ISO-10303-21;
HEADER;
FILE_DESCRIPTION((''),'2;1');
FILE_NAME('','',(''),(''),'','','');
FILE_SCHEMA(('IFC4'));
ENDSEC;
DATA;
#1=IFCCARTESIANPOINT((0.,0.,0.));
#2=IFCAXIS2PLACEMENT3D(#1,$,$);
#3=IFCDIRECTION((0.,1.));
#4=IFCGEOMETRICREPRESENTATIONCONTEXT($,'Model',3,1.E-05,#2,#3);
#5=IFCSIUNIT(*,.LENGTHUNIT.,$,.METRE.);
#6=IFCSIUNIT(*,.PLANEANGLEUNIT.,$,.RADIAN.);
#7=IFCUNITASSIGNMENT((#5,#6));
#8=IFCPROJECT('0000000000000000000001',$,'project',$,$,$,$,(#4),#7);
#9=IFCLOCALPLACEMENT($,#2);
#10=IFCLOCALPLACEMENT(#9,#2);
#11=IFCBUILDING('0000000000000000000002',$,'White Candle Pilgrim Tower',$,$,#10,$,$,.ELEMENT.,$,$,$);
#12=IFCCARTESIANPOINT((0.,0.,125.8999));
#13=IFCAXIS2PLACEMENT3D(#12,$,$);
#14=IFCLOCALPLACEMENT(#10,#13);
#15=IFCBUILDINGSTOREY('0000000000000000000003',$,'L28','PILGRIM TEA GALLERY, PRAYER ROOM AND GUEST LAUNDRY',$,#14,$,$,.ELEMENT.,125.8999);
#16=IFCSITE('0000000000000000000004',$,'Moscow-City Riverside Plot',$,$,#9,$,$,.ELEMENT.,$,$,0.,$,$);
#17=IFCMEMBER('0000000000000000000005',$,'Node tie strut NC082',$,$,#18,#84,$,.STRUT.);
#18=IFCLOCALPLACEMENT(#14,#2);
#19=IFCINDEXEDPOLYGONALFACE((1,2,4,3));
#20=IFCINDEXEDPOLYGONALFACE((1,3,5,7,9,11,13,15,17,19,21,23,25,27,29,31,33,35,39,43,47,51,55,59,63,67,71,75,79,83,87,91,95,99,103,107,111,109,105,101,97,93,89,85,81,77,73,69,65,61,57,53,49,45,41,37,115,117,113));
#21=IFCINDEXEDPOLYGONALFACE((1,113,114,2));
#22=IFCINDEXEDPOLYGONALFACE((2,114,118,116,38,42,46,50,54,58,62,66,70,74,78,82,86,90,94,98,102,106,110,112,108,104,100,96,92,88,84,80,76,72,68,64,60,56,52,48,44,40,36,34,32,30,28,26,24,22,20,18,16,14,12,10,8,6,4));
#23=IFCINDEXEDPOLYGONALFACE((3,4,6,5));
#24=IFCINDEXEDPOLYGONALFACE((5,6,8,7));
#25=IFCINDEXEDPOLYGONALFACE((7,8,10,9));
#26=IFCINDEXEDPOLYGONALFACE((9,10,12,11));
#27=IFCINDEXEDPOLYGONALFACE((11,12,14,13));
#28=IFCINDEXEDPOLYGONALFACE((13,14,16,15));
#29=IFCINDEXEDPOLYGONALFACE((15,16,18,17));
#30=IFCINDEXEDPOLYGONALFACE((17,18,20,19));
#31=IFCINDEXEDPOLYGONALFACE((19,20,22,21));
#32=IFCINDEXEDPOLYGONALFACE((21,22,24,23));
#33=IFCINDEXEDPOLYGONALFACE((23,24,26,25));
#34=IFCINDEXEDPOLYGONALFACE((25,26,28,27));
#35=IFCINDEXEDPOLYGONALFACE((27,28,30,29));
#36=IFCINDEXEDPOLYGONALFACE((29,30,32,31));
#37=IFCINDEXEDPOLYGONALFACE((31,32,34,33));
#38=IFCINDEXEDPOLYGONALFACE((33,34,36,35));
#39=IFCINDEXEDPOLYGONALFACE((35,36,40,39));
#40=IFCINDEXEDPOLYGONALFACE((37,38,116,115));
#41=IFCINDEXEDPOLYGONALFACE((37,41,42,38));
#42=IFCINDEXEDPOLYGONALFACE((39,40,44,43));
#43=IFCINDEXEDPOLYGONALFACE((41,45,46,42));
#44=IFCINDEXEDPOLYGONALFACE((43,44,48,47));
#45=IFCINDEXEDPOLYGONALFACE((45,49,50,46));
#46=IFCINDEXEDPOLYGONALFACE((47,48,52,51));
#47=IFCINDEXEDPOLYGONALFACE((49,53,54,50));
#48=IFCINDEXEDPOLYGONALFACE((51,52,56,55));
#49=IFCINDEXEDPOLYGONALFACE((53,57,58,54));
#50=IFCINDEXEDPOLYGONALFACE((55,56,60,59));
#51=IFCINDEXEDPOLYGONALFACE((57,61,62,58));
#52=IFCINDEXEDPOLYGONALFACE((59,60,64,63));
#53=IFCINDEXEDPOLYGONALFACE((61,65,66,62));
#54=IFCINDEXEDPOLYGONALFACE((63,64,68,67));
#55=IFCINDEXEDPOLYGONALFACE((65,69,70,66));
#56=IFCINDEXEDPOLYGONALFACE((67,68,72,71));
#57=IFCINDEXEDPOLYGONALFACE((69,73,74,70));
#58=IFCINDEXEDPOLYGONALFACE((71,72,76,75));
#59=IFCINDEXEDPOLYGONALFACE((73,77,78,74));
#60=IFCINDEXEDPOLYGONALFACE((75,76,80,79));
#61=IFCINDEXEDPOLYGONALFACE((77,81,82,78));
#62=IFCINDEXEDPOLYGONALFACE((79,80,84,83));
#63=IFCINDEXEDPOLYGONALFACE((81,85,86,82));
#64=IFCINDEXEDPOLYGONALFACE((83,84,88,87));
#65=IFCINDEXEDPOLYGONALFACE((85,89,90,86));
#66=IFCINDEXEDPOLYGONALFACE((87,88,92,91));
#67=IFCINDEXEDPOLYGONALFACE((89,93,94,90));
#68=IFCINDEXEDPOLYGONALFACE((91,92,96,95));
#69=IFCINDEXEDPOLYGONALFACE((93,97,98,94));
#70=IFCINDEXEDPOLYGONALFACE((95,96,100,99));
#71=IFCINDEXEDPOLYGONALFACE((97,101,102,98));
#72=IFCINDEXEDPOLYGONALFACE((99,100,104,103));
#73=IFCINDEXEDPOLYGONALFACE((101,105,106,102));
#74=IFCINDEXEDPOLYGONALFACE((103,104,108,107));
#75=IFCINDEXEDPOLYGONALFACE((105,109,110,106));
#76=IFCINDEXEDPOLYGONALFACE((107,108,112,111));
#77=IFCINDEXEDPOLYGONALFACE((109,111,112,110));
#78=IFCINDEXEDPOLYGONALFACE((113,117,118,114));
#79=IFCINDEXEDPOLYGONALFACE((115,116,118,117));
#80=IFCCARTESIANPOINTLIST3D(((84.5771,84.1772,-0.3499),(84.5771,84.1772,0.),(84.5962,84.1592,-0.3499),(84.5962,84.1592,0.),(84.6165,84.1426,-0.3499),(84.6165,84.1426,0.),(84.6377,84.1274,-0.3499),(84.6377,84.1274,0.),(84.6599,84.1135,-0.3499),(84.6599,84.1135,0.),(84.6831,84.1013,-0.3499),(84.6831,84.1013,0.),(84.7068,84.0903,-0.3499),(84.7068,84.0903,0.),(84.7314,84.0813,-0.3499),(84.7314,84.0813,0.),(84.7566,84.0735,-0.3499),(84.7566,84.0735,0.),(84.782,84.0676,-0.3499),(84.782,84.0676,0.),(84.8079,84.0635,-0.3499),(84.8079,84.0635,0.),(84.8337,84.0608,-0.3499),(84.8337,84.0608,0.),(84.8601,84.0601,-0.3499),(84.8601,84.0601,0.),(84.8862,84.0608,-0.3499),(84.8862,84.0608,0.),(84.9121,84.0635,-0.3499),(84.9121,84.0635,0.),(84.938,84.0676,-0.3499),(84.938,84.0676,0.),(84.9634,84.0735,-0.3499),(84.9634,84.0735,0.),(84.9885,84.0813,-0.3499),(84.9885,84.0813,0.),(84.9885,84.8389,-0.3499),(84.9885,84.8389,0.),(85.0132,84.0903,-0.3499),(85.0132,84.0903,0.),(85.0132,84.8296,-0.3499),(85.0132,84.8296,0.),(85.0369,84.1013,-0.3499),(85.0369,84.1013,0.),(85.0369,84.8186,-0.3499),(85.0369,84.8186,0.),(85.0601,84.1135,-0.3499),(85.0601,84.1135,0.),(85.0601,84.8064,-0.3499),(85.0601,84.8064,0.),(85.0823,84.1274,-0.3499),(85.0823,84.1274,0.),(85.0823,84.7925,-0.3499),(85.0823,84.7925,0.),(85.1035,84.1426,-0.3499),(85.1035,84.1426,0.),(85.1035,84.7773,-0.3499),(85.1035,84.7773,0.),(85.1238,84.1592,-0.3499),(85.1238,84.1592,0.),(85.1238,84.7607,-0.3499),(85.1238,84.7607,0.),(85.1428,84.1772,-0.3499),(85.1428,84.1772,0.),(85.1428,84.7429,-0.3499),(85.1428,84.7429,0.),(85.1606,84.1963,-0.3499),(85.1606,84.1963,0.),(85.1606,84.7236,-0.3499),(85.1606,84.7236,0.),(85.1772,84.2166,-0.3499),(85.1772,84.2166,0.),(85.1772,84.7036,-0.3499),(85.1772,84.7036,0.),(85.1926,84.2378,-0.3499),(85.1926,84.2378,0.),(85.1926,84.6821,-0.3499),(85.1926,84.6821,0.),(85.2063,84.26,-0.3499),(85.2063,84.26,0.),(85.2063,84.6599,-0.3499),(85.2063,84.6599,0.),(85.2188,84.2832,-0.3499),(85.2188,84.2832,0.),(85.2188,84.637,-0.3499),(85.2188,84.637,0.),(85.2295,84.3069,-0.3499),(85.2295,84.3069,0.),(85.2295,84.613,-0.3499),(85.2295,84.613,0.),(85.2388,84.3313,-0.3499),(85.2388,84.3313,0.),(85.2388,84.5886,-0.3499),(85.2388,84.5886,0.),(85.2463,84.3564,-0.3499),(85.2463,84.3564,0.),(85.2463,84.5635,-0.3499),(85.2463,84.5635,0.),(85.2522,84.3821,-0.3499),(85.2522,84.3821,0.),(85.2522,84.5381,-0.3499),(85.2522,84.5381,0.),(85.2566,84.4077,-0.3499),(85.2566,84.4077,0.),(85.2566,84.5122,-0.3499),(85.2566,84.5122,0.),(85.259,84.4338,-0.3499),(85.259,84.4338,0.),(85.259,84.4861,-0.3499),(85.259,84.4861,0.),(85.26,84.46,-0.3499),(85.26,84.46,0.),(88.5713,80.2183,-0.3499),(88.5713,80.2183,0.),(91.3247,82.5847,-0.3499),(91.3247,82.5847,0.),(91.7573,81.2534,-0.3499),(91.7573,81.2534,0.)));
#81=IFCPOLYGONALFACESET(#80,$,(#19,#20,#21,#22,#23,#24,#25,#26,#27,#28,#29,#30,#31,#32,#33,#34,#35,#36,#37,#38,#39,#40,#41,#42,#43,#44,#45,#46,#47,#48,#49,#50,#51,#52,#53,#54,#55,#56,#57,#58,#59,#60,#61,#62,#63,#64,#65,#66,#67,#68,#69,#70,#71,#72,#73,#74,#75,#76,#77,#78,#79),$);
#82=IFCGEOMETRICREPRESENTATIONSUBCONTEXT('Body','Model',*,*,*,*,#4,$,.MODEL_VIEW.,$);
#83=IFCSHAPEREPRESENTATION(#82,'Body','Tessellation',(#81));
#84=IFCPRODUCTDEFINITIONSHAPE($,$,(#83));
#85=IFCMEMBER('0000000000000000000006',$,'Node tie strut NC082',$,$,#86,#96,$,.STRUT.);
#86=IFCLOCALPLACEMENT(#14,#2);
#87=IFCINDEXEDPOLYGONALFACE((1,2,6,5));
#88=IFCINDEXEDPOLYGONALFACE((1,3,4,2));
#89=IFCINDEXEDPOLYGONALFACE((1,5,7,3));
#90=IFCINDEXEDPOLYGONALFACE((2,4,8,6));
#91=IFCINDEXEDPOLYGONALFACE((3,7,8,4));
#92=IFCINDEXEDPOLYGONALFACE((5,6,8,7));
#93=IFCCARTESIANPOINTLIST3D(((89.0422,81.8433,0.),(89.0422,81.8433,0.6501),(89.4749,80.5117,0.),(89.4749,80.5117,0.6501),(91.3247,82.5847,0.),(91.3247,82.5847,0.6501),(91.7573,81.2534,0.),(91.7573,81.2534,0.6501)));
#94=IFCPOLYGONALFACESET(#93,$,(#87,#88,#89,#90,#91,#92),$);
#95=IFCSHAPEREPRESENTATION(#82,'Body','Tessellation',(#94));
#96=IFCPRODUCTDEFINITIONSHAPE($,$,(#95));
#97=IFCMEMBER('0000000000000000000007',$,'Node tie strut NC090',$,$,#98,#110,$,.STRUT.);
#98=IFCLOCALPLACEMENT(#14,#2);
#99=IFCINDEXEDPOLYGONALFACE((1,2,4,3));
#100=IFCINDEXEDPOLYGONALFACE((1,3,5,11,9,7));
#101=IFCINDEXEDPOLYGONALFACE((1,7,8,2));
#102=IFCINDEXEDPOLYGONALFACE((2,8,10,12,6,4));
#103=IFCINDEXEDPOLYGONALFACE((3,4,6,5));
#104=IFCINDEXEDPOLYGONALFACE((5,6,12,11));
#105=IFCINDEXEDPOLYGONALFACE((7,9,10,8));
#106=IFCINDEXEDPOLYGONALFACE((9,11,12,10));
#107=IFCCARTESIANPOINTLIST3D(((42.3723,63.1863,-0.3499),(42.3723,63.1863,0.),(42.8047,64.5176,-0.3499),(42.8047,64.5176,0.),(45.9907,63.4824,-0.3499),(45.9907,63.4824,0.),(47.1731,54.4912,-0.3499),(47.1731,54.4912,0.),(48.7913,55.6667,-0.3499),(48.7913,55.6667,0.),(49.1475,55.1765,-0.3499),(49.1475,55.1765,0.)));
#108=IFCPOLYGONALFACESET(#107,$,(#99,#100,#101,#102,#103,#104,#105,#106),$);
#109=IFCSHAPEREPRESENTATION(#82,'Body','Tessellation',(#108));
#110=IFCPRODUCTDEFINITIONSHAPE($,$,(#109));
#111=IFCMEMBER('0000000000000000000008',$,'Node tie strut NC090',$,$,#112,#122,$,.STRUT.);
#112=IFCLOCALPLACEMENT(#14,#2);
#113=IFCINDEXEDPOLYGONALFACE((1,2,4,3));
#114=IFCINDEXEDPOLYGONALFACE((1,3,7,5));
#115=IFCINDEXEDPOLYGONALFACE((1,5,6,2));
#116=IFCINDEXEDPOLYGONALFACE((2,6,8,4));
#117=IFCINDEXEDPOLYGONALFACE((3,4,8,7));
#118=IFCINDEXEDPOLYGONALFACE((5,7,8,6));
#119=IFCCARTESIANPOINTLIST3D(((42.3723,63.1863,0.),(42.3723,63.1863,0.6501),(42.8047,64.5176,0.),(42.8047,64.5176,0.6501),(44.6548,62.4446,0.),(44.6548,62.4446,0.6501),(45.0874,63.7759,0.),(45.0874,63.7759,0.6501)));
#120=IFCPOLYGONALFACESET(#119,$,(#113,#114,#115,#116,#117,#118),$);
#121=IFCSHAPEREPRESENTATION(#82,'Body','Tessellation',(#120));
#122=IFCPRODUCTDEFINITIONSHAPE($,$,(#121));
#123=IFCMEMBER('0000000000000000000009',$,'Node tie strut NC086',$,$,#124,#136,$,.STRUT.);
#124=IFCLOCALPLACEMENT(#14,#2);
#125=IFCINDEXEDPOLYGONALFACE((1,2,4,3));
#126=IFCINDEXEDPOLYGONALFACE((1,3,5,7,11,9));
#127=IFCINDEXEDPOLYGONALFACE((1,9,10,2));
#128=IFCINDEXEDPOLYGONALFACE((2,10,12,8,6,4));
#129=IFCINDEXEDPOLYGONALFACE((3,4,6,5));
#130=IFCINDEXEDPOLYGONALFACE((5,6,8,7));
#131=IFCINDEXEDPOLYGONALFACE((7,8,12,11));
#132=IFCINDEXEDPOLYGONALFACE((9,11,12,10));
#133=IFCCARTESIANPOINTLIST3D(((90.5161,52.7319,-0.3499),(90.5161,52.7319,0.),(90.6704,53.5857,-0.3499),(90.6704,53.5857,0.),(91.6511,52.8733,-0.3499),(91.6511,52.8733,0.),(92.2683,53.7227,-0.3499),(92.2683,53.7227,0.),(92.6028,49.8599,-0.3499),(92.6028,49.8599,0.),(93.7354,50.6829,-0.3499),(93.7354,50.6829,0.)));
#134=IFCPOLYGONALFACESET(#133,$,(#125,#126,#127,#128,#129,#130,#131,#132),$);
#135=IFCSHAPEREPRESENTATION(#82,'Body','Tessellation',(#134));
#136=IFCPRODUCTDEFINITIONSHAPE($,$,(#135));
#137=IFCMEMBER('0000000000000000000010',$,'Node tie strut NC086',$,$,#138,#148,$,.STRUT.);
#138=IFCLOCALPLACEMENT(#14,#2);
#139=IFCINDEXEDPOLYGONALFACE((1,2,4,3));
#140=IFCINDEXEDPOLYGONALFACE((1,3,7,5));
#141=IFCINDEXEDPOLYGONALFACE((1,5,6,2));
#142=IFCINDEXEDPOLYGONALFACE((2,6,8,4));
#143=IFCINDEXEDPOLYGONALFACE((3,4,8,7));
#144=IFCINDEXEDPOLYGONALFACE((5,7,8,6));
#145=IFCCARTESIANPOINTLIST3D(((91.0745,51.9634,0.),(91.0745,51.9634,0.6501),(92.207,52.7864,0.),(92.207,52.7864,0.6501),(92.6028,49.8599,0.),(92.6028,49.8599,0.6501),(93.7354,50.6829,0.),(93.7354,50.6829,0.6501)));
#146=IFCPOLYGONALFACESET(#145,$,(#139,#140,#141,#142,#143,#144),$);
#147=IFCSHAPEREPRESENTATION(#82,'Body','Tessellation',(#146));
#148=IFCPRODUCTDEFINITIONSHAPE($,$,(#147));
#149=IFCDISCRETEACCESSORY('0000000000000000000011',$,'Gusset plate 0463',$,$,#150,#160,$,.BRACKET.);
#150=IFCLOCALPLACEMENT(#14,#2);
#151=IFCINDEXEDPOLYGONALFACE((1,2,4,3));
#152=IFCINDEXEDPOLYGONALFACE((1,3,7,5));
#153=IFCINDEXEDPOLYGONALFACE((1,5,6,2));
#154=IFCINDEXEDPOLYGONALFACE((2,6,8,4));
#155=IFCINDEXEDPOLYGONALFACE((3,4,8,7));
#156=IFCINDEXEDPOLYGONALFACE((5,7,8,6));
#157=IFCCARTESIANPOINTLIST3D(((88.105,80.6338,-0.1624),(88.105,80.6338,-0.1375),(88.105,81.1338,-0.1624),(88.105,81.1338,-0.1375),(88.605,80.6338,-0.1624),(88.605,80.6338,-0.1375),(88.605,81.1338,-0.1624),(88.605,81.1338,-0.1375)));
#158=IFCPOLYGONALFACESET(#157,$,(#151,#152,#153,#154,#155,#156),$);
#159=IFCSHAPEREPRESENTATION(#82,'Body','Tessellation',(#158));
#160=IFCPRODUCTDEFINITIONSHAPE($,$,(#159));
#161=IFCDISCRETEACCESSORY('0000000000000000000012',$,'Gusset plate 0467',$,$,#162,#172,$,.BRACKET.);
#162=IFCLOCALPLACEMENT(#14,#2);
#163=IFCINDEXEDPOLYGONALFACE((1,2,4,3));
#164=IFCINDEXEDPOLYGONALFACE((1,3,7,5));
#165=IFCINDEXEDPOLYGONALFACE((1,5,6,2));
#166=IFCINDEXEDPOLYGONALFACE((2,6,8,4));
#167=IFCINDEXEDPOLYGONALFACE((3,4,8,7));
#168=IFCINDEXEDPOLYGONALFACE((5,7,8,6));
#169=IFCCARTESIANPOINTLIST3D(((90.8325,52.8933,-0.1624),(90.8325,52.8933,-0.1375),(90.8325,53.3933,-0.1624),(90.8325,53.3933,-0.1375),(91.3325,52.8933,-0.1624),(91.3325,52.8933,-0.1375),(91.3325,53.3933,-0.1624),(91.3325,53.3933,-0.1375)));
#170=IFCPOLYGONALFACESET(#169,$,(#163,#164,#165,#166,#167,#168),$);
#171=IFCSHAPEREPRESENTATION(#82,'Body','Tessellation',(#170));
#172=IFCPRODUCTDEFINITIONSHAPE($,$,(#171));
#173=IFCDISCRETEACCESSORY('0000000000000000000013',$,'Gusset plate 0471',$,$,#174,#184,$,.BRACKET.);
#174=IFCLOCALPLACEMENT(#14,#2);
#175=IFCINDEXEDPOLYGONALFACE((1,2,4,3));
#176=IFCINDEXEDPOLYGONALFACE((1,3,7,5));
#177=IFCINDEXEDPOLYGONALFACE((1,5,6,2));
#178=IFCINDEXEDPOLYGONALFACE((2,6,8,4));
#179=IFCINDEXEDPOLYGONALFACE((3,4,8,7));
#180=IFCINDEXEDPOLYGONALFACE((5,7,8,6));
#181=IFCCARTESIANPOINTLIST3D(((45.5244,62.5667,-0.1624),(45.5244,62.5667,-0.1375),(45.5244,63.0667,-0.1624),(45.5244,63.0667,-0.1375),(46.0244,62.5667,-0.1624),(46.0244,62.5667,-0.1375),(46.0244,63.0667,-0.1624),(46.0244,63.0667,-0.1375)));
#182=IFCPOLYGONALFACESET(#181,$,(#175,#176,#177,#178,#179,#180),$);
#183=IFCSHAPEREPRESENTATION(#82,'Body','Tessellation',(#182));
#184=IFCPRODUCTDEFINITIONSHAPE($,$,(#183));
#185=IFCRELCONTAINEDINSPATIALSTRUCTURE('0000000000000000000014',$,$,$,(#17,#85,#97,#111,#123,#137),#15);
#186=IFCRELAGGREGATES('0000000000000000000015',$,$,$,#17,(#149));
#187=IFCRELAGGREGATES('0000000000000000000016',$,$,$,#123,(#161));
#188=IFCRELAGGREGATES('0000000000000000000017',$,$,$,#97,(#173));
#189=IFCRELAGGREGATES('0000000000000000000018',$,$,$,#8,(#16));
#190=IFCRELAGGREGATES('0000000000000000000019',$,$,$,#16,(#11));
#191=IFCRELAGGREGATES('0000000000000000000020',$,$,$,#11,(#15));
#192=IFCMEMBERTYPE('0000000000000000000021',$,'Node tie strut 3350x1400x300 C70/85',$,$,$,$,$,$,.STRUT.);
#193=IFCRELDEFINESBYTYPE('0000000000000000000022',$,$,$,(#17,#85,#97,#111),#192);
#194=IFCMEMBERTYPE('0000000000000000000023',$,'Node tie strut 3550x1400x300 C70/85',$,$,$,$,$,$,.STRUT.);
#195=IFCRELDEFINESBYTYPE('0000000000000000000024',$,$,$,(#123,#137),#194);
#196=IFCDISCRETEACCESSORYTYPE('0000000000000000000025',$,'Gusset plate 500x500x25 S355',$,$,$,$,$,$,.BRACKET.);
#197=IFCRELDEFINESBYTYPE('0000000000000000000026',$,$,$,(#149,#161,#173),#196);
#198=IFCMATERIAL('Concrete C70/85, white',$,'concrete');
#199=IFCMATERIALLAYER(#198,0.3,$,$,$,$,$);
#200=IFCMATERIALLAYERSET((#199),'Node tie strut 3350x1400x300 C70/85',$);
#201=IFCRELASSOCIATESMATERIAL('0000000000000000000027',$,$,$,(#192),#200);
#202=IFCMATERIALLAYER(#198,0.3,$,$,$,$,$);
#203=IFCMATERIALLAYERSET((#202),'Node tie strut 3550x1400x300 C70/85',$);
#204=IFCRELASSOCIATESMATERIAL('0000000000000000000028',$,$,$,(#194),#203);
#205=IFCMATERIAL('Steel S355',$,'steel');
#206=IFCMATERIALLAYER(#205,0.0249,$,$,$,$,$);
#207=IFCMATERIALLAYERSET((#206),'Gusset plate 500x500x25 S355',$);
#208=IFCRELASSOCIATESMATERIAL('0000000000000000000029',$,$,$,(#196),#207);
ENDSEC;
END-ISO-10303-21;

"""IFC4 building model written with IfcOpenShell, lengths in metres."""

from ifc_helpers import new_model, si_unit, direction, frame, origin, origin_2d, place, context, subcontext, project, spatial, polyline, rectangle, outline, extrude, material, layer, layer_set, type_object, element, aggregate, save


model = new_model("IFC4")

# Units and contexts
model_context = context("Model", 3, precision=1e-05, world=origin(), true_north=direction((0.0, 1.0)))
body_context = subcontext(model_context, "Body", "Model", "MODEL_VIEW")
ifc_project = project(units=[si_unit("LENGTHUNIT", "METRE"), si_unit("PLANEANGLEUNIT", "RADIAN")], contexts=[model_context])

# Site, building, storey
site_placement = place(None, origin())
site = spatial("IfcSite", under=ifc_project, at=site_placement, Name="Moscow-City Riverside Plot", CompositionType="ELEMENT", RefElevation=0.0)
building_placement = place(site_placement, origin())
building = spatial("IfcBuilding", under=site, at=building_placement, Name="White Candle Pilgrim Tower", CompositionType="ELEMENT")
storey_placement = place(building_placement, frame((0.0, 0.0, 125.8999)))
storey = spatial("IfcBuildingStorey", under=building, at=storey_placement, Name="L28", Description="PILGRIM TEA GALLERY, PRAYER ROOM AND GUEST LAUNDRY", CompositionType="ELEMENT", Elevation=125.8999)

# Members
ifc_material_1 = material(Name="Concrete C70/85, white", Category="concrete")
ifc_layer_1 = layer(ifc_material_1, 0.3)
ifc_layer_set_1 = layer_set([ifc_layer_1], Name="Node tie strut 3350x1400x300 C70/85")
member_type_1 = type_object("IfcMemberType", Name="Node tie strut 3350x1400x300 C70/85", PredefinedType="STRUT", material=ifc_layer_set_1)
member_1_placement = place(storey_placement, frame((0.0, 0.0, -0.3499)))
member_1 = element("IfcMember", 1, at=member_1_placement, inside=storey, type_object=member_type_1, Name="Node tie strut NC082", PredefinedType="STRUT", context=body_context, shape_type="SweptSolid", body=[
    extrude(outline(polyline([(88.5713, 80.2183), (91.7573, 81.2534), (91.3247, 82.5847), (84.9885, 84.8389), (85.0132, 84.8296), (85.0369, 84.8186), (85.0601, 84.8064), (85.0823, 84.7925), (85.1035, 84.7773), (85.1238, 84.7607), (85.1428, 84.7429), (85.1606, 84.7236), (85.1772, 84.7036), (85.1926, 84.6821), (85.2063, 84.6599), (85.2188, 84.637), (85.2295, 84.613), (85.2388, 84.5886), (85.2463, 84.5635), (85.2522, 84.5381), (85.2566, 84.5122), (85.259, 84.4861), (85.26, 84.46), (85.259, 84.4338), (85.2566, 84.4077), (85.2522, 84.3821), (85.2463, 84.3564), (85.2388, 84.3313), (85.2295, 84.3069), (85.2188, 84.2832), (85.2063, 84.26), (85.1926, 84.2378), (85.1772, 84.2166), (85.1606, 84.1963), (85.1428, 84.1772), (85.1238, 84.1592), (85.1035, 84.1426), (85.0823, 84.1274), (85.0601, 84.1135), (85.0369, 84.1013), (85.0132, 84.0903), (84.9885, 84.0813), (84.9634, 84.0735), (84.938, 84.0676), (84.9121, 84.0635), (84.8862, 84.0608), (84.8601, 84.0601), (84.8337, 84.0608), (84.8079, 84.0635), (84.782, 84.0676), (84.7566, 84.0735), (84.7314, 84.0813), (84.7068, 84.0903), (84.6831, 84.1013), (84.6599, 84.1135), (84.6377, 84.1274), (84.6165, 84.1426), (84.5962, 84.1592), (84.5771, 84.1772), (88.5713, 80.2183)])), origin(), (0.0, 0.0, 1.0), 0.3499),
])
member_2_placement = place(storey_placement, origin())
element("IfcMember", 2, at=member_2_placement, inside=storey, type_object=member_type_1, Name="Node tie strut NC082", PredefinedType="STRUT", context=body_context, shape_type="SweptSolid", body=[
    extrude(outline(polyline([(89.4749, 80.5117), (91.7573, 81.2534), (91.3247, 82.5847), (89.0422, 81.8433), (89.4749, 80.5117)])), origin(), (0.0, 0.0, 1.0), 0.6501),
])
member_3_placement = place(storey_placement, frame((0.0, 0.0, -0.3499)))
member_3 = element("IfcMember", 3, at=member_3_placement, inside=storey, type_object=member_type_1, Name="Node tie strut NC090", PredefinedType="STRUT", context=body_context, shape_type="SweptSolid", body=[
    extrude(outline(polyline([(47.1731, 54.4912), (48.7913, 55.6667), (49.1475, 55.1765), (45.9907, 63.4824), (42.8047, 64.5176), (42.3723, 63.1863), (47.1731, 54.4912)])), origin(), (0.0, 0.0, 1.0), 0.3499),
])
member_4_placement = place(storey_placement, origin())
element("IfcMember", 4, at=member_4_placement, inside=storey, type_object=member_type_1, Name="Node tie strut NC090", PredefinedType="STRUT", context=body_context, shape_type="SweptSolid", body=[
    extrude(outline(polyline([(44.6548, 62.4446), (45.0874, 63.7759), (42.8047, 64.5176), (42.3723, 63.1863), (44.6548, 62.4446)])), origin(), (0.0, 0.0, 1.0), 0.6501),
])
ifc_layer_2 = layer(ifc_material_1, 0.3)
ifc_layer_set_2 = layer_set([ifc_layer_2], Name="Node tie strut 3550x1400x300 C70/85")
member_type_2 = type_object("IfcMemberType", Name="Node tie strut 3550x1400x300 C70/85", PredefinedType="STRUT", material=ifc_layer_set_2)
member_5_placement = place(storey_placement, frame((0.0, 0.0, -0.3499)))
member_5 = element("IfcMember", 5, at=member_5_placement, inside=storey, type_object=member_type_2, Name="Node tie strut NC086", PredefinedType="STRUT", context=body_context, shape_type="SweptSolid", body=[
    extrude(outline(polyline([(92.6028, 49.8599), (93.7354, 50.6829), (92.2683, 53.7227), (91.6511, 52.8733), (90.6704, 53.5857), (90.5161, 52.7319), (92.6028, 49.8599)])), origin(), (0.0, 0.0, 1.0), 0.3499),
])
member_6_placement = place(storey_placement, origin())
element("IfcMember", 6, at=member_6_placement, inside=storey, type_object=member_type_2, Name="Node tie strut NC086", PredefinedType="STRUT", context=body_context, shape_type="SweptSolid", body=[
    extrude(outline(polyline([(92.6028, 49.8599), (93.7354, 50.6829), (92.207, 52.7864), (91.0745, 51.9634), (92.6028, 49.8599)])), origin(), (0.0, 0.0, 1.0), 0.6501),
])

# Discrete accessories
ifc_material_2 = material(Name="Steel S355", Category="steel")
ifc_layer_3 = layer(ifc_material_2, 0.0249)
ifc_layer_set_3 = layer_set([ifc_layer_3], Name="Gusset plate 500x500x25 S355")
discrete_accessory_type = type_object("IfcDiscreteAccessoryType", Name="Gusset plate 500x500x25 S355", PredefinedType="BRACKET", material=ifc_layer_set_3)
discrete_accessory_1_placement = place(storey_placement, frame((88.355, 80.8838, -0.1624), z_axis=(0.0, 0.0, 1.0), x_axis=(1.0, 0.0, 0.0)))
discrete_accessory_1 = element("IfcDiscreteAccessory", 7, at=discrete_accessory_1_placement, type_object=discrete_accessory_type, Name="Gusset plate 0463", PredefinedType="BRACKET", context=body_context, shape_type="SweptSolid", body=[
    extrude(rectangle(XDim=0.5, YDim=0.5, at=origin_2d()), origin(), (0.0, 0.0, 1.0), 0.0249),
])
aggregate(member_1, [discrete_accessory_1])
discrete_accessory_2_placement = place(storey_placement, frame((91.0825, 53.1433, -0.1624), z_axis=(0.0, 0.0, 1.0), x_axis=(1.0, 0.0, 0.0)))
discrete_accessory_2 = element("IfcDiscreteAccessory", 8, at=discrete_accessory_2_placement, type_object=discrete_accessory_type, Name="Gusset plate 0467", PredefinedType="BRACKET", context=body_context, shape_type="SweptSolid", body=[
    extrude(rectangle(XDim=0.5, YDim=0.5, at=origin_2d()), origin(), (0.0, 0.0, 1.0), 0.0249),
])
aggregate(member_5, [discrete_accessory_2])
discrete_accessory_3_placement = place(storey_placement, frame((45.7744, 62.8167, -0.1624), z_axis=(0.0, 0.0, 1.0), x_axis=(1.0, 0.0, 0.0)))
discrete_accessory_3 = element("IfcDiscreteAccessory", 9, at=discrete_accessory_3_placement, type_object=discrete_accessory_type, Name="Gusset plate 0471", PredefinedType="BRACKET", context=body_context, shape_type="SweptSolid", body=[
    extrude(rectangle(XDim=0.5, YDim=0.5, at=origin_2d()), origin(), (0.0, 0.0, 1.0), 0.0249),
])
aggregate(member_3, [discrete_accessory_3])

save(model, "model.ifc")
